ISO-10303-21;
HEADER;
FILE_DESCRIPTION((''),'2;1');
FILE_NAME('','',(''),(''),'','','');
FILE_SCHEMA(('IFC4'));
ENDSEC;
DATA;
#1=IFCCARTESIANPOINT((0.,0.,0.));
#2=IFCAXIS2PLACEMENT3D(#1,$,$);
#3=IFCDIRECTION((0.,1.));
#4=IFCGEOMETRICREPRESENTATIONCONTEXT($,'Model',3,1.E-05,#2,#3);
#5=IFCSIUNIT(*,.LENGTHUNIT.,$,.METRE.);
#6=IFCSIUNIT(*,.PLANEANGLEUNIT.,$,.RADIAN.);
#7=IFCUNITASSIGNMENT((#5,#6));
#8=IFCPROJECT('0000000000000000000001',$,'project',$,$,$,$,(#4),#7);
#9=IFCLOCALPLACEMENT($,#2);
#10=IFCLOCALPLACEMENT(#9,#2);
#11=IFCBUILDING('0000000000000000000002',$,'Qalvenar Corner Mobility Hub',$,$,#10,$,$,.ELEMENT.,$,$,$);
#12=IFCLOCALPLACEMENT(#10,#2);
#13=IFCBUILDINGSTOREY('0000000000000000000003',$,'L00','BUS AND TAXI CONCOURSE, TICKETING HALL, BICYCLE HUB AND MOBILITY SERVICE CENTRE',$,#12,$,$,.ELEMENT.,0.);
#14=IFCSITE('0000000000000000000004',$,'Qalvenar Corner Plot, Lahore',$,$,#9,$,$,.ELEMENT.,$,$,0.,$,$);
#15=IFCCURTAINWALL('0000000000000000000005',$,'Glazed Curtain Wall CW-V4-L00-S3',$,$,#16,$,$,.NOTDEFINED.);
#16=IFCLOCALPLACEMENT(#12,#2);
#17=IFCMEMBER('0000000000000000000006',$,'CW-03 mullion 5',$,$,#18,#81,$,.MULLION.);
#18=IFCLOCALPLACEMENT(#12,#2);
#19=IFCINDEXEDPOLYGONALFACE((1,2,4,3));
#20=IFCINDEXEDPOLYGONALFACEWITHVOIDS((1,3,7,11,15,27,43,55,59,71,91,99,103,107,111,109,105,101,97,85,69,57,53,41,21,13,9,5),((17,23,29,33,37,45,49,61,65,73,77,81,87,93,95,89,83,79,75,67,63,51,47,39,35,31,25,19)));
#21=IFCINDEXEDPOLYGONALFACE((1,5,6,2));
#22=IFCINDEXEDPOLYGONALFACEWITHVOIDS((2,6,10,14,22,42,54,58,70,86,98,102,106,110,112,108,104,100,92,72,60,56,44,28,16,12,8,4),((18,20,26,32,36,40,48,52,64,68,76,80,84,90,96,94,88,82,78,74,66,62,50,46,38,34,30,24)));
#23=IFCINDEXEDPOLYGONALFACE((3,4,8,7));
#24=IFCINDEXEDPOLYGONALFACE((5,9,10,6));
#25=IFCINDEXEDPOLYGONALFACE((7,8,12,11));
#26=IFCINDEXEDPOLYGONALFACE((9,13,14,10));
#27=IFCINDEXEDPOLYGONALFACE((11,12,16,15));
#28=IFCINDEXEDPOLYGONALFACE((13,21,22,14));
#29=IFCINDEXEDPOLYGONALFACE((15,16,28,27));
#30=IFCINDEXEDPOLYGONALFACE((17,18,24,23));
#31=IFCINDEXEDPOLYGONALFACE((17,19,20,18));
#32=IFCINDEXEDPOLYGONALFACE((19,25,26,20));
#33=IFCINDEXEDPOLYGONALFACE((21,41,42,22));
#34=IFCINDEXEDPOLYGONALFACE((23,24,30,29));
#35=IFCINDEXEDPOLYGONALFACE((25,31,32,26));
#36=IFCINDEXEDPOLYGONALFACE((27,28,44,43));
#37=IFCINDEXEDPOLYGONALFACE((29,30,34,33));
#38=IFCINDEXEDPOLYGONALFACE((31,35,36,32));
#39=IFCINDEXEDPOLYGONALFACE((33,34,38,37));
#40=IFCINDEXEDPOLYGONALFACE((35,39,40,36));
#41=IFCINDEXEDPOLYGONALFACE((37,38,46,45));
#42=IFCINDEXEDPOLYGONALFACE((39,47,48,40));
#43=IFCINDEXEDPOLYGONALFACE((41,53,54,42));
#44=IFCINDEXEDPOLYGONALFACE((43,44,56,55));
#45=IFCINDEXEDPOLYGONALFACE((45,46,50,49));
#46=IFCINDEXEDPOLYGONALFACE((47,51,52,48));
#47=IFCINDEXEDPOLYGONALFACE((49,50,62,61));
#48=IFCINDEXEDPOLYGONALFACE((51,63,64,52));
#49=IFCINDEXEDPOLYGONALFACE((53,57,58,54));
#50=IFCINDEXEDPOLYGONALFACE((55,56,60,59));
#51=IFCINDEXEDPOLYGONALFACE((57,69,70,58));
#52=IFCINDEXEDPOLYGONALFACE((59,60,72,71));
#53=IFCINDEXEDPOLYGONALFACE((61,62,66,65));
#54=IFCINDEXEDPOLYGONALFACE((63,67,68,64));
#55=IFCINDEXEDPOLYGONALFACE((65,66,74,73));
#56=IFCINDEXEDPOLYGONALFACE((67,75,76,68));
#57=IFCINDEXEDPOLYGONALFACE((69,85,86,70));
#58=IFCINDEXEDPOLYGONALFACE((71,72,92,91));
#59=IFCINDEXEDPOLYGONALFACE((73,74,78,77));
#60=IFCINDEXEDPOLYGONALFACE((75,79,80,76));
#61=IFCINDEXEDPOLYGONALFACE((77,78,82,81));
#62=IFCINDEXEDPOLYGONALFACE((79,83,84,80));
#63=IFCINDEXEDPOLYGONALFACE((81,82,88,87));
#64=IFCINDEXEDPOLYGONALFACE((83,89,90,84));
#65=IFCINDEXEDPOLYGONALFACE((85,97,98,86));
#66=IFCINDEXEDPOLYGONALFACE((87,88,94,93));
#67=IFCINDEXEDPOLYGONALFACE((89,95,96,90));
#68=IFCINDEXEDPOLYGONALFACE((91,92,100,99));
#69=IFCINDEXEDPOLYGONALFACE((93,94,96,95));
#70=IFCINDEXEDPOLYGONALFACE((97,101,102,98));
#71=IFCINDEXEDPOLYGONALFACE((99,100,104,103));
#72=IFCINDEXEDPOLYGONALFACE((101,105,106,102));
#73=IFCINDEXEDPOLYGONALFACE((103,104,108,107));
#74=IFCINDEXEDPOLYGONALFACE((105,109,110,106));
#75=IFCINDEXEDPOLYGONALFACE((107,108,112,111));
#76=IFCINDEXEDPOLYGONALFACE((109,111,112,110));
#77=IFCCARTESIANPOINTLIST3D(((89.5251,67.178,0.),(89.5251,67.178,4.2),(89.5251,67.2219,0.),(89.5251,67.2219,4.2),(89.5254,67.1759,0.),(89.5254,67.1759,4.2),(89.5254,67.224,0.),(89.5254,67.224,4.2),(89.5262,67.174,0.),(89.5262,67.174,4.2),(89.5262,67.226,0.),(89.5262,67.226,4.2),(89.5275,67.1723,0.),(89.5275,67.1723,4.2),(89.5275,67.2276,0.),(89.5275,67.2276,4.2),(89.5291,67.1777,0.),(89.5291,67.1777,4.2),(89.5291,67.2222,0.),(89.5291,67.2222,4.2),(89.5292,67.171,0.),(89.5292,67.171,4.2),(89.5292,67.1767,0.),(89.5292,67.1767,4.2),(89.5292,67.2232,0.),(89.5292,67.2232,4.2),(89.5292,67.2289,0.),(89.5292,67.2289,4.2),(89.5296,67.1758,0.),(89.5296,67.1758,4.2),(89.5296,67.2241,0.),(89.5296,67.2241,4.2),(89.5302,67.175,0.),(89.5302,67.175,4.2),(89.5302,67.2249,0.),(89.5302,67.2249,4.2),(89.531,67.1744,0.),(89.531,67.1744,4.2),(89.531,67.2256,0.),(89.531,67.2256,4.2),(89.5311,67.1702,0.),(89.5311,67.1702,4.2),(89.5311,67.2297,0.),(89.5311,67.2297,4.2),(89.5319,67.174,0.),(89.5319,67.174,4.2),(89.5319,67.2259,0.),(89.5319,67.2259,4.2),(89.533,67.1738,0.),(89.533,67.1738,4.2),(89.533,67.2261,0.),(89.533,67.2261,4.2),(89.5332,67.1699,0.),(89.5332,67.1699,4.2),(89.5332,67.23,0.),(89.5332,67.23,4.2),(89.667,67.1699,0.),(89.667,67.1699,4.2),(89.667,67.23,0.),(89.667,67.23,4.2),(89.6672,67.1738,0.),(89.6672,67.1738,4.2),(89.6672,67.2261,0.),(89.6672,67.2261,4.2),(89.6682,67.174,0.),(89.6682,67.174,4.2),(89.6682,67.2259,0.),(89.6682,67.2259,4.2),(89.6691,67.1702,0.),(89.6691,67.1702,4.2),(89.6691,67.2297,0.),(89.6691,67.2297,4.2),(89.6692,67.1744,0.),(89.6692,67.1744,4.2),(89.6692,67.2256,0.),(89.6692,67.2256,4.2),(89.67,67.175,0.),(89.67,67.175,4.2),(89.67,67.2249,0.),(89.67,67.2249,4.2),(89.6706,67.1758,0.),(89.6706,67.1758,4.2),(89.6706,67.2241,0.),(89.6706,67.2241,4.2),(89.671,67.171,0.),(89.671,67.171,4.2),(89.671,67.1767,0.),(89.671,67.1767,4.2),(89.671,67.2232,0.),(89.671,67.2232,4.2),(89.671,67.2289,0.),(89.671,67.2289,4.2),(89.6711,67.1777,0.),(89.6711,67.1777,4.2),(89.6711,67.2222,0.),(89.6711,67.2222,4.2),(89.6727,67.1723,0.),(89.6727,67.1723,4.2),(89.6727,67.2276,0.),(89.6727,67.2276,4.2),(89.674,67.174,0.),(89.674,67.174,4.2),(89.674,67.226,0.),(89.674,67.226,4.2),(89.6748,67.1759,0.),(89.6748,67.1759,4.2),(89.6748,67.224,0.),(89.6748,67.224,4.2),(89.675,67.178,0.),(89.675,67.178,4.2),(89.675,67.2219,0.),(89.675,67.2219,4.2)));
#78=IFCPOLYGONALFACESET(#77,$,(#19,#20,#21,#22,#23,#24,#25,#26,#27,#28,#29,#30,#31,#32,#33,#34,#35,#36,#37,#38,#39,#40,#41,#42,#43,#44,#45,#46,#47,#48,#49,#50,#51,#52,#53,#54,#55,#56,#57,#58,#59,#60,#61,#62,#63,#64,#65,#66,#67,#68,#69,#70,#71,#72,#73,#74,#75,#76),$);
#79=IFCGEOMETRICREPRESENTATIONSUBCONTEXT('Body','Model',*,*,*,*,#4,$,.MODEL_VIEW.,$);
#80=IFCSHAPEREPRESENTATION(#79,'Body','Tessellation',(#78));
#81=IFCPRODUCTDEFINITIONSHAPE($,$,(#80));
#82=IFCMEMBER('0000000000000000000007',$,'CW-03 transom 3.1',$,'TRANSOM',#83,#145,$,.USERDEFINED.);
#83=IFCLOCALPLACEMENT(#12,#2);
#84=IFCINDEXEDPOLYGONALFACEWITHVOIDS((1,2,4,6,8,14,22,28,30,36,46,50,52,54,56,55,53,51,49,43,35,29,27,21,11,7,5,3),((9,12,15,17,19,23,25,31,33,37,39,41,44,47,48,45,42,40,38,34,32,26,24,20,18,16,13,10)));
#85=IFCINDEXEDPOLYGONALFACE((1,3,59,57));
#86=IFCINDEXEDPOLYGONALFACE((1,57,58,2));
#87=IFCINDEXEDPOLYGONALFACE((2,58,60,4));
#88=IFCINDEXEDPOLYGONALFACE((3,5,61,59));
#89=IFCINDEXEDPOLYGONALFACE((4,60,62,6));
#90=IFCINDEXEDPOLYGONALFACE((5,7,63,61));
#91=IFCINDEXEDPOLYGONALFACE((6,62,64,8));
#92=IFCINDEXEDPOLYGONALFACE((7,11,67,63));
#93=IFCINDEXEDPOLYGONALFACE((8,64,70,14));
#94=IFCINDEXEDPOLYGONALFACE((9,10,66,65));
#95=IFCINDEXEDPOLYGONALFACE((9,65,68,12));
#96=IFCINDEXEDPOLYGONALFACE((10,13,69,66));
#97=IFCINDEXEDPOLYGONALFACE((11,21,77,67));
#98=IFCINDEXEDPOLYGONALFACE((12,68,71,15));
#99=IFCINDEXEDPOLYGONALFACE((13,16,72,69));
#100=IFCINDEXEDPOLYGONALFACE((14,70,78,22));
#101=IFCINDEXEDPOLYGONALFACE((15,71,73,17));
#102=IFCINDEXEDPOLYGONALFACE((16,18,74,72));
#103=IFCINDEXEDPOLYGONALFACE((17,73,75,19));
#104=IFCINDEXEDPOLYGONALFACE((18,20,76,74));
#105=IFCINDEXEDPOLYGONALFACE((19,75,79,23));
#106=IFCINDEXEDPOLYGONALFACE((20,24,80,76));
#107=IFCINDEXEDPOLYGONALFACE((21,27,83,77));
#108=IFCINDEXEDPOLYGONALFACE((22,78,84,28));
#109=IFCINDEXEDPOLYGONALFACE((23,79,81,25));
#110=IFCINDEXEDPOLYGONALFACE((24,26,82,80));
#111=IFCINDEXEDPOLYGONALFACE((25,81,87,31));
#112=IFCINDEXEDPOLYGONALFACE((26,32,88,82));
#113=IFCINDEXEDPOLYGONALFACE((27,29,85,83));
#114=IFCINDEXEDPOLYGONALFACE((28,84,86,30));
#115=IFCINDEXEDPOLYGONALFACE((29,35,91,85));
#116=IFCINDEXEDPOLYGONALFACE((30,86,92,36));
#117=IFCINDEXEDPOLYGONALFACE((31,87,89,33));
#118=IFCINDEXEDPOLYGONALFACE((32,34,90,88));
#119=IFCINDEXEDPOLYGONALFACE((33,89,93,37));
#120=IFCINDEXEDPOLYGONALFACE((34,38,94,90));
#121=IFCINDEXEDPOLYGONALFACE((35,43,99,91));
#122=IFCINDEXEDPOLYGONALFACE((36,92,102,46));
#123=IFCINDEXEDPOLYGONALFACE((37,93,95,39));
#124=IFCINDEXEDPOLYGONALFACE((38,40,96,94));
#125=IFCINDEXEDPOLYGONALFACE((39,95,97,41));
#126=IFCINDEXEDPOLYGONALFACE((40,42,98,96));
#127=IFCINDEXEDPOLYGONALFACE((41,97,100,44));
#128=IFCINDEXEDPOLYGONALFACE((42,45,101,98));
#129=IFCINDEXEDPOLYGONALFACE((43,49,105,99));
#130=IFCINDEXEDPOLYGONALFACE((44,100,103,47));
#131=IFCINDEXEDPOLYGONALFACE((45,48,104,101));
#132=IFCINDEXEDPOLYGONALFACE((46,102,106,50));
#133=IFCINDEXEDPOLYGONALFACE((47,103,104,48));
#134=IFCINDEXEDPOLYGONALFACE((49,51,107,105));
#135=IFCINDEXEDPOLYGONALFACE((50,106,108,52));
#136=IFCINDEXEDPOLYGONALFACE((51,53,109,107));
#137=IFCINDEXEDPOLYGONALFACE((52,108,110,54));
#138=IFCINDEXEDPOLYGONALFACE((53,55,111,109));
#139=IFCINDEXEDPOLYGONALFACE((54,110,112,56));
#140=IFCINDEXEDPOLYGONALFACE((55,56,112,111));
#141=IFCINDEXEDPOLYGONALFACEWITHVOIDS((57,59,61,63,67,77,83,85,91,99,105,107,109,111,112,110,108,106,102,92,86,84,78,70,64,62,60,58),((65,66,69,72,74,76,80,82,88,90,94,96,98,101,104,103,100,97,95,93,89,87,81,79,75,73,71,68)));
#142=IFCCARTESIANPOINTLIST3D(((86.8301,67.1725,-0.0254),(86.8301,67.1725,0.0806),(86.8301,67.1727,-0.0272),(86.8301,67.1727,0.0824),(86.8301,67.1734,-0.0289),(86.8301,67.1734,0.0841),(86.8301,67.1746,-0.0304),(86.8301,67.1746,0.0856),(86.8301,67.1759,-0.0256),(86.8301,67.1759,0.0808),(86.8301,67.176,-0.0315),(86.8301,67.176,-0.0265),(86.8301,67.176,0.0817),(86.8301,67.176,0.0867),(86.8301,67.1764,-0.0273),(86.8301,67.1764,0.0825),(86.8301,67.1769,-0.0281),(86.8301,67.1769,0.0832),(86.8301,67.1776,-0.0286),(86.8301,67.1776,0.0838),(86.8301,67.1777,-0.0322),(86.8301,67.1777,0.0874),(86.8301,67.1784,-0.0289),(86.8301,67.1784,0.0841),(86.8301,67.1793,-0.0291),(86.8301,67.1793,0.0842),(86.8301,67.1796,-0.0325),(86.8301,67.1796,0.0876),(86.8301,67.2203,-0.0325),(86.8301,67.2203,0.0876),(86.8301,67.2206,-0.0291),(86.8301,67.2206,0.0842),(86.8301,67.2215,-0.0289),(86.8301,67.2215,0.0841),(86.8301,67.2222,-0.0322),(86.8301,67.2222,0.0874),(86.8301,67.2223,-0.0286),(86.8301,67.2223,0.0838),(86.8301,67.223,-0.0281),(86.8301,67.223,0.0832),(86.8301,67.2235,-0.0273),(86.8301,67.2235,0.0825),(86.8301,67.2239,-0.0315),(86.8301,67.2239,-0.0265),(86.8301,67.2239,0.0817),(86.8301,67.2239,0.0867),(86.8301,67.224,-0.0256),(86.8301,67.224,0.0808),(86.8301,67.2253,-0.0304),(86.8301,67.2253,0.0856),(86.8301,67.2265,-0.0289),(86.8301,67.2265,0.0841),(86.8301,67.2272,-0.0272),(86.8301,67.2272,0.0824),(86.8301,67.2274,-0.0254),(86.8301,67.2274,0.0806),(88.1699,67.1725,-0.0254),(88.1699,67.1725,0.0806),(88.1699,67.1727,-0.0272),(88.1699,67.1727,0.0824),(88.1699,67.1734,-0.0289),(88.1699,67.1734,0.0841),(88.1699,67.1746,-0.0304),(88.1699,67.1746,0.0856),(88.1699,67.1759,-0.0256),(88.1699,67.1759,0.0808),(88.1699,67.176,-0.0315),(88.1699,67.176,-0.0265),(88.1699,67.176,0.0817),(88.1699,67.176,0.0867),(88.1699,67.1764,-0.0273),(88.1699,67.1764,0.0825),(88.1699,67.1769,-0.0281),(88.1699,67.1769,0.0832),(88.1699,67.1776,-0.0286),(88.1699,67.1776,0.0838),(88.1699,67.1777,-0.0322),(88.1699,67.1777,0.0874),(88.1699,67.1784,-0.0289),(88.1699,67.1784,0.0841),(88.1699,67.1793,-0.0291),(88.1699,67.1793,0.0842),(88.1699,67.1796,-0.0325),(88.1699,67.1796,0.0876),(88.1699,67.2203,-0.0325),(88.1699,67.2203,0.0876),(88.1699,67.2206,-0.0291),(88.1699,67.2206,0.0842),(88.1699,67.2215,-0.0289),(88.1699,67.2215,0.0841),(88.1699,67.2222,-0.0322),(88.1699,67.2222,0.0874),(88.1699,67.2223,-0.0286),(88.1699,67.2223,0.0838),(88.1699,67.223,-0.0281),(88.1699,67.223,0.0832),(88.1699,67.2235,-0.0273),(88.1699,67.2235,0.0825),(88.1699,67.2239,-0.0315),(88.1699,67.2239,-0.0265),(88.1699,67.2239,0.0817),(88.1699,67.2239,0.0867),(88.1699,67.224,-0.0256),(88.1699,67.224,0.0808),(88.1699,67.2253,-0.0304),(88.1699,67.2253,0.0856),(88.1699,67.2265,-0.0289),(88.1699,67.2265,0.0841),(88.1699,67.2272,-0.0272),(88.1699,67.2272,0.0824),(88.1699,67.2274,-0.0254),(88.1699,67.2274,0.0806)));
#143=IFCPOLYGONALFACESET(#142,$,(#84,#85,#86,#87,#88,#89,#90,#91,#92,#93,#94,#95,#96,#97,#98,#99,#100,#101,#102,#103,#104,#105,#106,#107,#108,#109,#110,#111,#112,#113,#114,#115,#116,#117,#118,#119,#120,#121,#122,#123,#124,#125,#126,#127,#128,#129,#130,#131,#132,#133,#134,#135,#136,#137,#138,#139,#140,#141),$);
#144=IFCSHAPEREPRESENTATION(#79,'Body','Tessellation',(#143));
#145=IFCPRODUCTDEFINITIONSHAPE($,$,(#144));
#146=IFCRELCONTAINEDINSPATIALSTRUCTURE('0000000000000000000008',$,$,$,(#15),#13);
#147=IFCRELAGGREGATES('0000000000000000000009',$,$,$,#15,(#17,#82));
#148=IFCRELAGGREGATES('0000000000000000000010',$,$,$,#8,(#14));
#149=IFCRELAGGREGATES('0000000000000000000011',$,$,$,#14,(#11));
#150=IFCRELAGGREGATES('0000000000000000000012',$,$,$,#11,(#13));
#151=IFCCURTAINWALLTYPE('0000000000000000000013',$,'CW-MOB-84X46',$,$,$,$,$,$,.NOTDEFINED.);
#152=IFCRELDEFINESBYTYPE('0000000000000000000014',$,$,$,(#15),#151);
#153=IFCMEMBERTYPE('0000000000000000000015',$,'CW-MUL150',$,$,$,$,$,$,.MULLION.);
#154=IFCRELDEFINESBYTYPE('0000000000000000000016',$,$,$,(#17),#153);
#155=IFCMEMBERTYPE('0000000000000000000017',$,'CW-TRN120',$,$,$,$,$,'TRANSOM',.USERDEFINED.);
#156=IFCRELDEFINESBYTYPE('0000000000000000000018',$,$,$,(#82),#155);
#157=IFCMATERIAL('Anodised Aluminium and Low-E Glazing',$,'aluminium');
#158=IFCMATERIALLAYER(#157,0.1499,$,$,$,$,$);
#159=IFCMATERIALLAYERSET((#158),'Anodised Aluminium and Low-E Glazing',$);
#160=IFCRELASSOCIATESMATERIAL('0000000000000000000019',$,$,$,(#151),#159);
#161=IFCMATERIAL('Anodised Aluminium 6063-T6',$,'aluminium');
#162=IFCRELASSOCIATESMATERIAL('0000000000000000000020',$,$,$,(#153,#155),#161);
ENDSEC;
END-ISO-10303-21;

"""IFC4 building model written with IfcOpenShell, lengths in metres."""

from ifc_helpers import new_model, si_unit, direction, frame, origin, origin_2d, place, context, subcontext, project, spatial, hollow_rectangle, extrude, material, layer, layer_set, material_profile, profile_set, type_object, element, aggregate, save


model = new_model("IFC4")

# Units and contexts
model_context = context("Model", 3, precision=1e-05, world=origin(), true_north=direction((0.0, 1.0)))
body_context = subcontext(model_context, "Body", "Model", "MODEL_VIEW")
ifc_project = project(units=[si_unit("LENGTHUNIT", "METRE"), si_unit("PLANEANGLEUNIT", "RADIAN")], contexts=[model_context])

# Site, building, storey
site_placement = place(None, origin())
site = spatial("IfcSite", under=ifc_project, at=site_placement, Name="Qalvenar Corner Plot, Lahore", CompositionType="ELEMENT", RefElevation=0.0)
building_placement = place(site_placement, origin())
building = spatial("IfcBuilding", under=site, at=building_placement, Name="Qalvenar Corner Mobility Hub", CompositionType="ELEMENT")
storey_placement = place(building_placement, origin())
storey = spatial("IfcBuildingStorey", under=building, at=storey_placement, Name="L00", Description="BUS AND TAXI CONCOURSE, TICKETING HALL, BICYCLE HUB AND MOBILITY SERVICE CENTRE", CompositionType="ELEMENT", Elevation=0.0)

# Curtain wall, members
ifc_material_1 = material(Name="Anodised Aluminium and Low-E Glazing", Category="aluminium")
ifc_layer_1 = layer(ifc_material_1, 0.1499)
ifc_layer_set_1 = layer_set([ifc_layer_1], Name="Anodised Aluminium and Low-E Glazing")
curtain_wall_type = type_object("IfcCurtainWallType", Name="CW-MOB-84X46", PredefinedType="NOTDEFINED", material=ifc_layer_set_1)
curtain_wall_placement = place(storey_placement, origin())
curtain_wall = element("IfcCurtainWall", 1, at=curtain_wall_placement, inside=storey, type_object=curtain_wall_type, Name="Glazed Curtain Wall CW-V4-L00-S3", PredefinedType="NOTDEFINED")
ifc_material_2 = material(Name="Anodised Aluminium 6063-T6", Category="aluminium")
ifc_material_profile_1 = material_profile(ifc_material_2, hollow_rectangle(XDim=0.0601, YDim=0.1499, WallThickness=0.0039, InnerFilletRadius=0.0039, OuterFilletRadius=0.0081, at=origin_2d()), Name="RHS150x60x4")
ifc_profile_set_1 = profile_set([ifc_material_profile_1], Name="Anodised Aluminium 6063-T6")
member_type_1 = type_object("IfcMemberType", Name="CW-MUL150", PredefinedType="MULLION", material=ifc_profile_set_1)
member_1_placement = place(storey_placement, frame((89.6001, 67.2, 0.0), z_axis=(0.0, 0.0, 1.0), x_axis=(0.0, 1.0, 0.0)))
member_1 = element("IfcMember", 2, at=member_1_placement, type_object=member_type_1, Name="CW-03 mullion 5", PredefinedType="MULLION", context=body_context, shape_type="SweptSolid", body=[
    extrude(hollow_rectangle(XDim=0.0601, YDim=0.1499, WallThickness=0.0039, InnerFilletRadius=0.0039, OuterFilletRadius=0.0081, at=origin_2d()), origin(), (0.0, 0.0, 1.0), 4.2),
])
ifc_material_profile_2 = material_profile(ifc_material_2, hollow_rectangle(XDim=0.0549, YDim=0.1201, WallThickness=0.0034, InnerFilletRadius=0.0034, OuterFilletRadius=0.0071, at=origin_2d()), Name="RHS120x55x3.5")
ifc_profile_set_2 = profile_set([ifc_material_profile_2], Name="Anodised Aluminium 6063-T6")
member_type_2 = type_object("IfcMemberType", Name="CW-TRN120", ElementType="TRANSOM", PredefinedType="USERDEFINED", material=ifc_profile_set_2)
member_2_placement = place(storey_placement, frame((86.8301, 67.2, 0.0276), z_axis=(1.0, 0.0, 0.0), x_axis=(0.0, 1.0, 0.0)))
member_2 = element("IfcMember", 3, at=member_2_placement, type_object=member_type_2, Name="CW-03 transom 3.1", ObjectType="TRANSOM", PredefinedType="USERDEFINED", context=body_context, shape_type="SweptSolid", body=[
    extrude(hollow_rectangle(XDim=0.0549, YDim=0.1201, WallThickness=0.0034, InnerFilletRadius=0.0034, OuterFilletRadius=0.0071, at=origin_2d()), origin(), (0.0, 0.0, 1.0), 1.3398),
])
aggregate(curtain_wall, [member_1, member_2])

save(model, "model.ifc")
